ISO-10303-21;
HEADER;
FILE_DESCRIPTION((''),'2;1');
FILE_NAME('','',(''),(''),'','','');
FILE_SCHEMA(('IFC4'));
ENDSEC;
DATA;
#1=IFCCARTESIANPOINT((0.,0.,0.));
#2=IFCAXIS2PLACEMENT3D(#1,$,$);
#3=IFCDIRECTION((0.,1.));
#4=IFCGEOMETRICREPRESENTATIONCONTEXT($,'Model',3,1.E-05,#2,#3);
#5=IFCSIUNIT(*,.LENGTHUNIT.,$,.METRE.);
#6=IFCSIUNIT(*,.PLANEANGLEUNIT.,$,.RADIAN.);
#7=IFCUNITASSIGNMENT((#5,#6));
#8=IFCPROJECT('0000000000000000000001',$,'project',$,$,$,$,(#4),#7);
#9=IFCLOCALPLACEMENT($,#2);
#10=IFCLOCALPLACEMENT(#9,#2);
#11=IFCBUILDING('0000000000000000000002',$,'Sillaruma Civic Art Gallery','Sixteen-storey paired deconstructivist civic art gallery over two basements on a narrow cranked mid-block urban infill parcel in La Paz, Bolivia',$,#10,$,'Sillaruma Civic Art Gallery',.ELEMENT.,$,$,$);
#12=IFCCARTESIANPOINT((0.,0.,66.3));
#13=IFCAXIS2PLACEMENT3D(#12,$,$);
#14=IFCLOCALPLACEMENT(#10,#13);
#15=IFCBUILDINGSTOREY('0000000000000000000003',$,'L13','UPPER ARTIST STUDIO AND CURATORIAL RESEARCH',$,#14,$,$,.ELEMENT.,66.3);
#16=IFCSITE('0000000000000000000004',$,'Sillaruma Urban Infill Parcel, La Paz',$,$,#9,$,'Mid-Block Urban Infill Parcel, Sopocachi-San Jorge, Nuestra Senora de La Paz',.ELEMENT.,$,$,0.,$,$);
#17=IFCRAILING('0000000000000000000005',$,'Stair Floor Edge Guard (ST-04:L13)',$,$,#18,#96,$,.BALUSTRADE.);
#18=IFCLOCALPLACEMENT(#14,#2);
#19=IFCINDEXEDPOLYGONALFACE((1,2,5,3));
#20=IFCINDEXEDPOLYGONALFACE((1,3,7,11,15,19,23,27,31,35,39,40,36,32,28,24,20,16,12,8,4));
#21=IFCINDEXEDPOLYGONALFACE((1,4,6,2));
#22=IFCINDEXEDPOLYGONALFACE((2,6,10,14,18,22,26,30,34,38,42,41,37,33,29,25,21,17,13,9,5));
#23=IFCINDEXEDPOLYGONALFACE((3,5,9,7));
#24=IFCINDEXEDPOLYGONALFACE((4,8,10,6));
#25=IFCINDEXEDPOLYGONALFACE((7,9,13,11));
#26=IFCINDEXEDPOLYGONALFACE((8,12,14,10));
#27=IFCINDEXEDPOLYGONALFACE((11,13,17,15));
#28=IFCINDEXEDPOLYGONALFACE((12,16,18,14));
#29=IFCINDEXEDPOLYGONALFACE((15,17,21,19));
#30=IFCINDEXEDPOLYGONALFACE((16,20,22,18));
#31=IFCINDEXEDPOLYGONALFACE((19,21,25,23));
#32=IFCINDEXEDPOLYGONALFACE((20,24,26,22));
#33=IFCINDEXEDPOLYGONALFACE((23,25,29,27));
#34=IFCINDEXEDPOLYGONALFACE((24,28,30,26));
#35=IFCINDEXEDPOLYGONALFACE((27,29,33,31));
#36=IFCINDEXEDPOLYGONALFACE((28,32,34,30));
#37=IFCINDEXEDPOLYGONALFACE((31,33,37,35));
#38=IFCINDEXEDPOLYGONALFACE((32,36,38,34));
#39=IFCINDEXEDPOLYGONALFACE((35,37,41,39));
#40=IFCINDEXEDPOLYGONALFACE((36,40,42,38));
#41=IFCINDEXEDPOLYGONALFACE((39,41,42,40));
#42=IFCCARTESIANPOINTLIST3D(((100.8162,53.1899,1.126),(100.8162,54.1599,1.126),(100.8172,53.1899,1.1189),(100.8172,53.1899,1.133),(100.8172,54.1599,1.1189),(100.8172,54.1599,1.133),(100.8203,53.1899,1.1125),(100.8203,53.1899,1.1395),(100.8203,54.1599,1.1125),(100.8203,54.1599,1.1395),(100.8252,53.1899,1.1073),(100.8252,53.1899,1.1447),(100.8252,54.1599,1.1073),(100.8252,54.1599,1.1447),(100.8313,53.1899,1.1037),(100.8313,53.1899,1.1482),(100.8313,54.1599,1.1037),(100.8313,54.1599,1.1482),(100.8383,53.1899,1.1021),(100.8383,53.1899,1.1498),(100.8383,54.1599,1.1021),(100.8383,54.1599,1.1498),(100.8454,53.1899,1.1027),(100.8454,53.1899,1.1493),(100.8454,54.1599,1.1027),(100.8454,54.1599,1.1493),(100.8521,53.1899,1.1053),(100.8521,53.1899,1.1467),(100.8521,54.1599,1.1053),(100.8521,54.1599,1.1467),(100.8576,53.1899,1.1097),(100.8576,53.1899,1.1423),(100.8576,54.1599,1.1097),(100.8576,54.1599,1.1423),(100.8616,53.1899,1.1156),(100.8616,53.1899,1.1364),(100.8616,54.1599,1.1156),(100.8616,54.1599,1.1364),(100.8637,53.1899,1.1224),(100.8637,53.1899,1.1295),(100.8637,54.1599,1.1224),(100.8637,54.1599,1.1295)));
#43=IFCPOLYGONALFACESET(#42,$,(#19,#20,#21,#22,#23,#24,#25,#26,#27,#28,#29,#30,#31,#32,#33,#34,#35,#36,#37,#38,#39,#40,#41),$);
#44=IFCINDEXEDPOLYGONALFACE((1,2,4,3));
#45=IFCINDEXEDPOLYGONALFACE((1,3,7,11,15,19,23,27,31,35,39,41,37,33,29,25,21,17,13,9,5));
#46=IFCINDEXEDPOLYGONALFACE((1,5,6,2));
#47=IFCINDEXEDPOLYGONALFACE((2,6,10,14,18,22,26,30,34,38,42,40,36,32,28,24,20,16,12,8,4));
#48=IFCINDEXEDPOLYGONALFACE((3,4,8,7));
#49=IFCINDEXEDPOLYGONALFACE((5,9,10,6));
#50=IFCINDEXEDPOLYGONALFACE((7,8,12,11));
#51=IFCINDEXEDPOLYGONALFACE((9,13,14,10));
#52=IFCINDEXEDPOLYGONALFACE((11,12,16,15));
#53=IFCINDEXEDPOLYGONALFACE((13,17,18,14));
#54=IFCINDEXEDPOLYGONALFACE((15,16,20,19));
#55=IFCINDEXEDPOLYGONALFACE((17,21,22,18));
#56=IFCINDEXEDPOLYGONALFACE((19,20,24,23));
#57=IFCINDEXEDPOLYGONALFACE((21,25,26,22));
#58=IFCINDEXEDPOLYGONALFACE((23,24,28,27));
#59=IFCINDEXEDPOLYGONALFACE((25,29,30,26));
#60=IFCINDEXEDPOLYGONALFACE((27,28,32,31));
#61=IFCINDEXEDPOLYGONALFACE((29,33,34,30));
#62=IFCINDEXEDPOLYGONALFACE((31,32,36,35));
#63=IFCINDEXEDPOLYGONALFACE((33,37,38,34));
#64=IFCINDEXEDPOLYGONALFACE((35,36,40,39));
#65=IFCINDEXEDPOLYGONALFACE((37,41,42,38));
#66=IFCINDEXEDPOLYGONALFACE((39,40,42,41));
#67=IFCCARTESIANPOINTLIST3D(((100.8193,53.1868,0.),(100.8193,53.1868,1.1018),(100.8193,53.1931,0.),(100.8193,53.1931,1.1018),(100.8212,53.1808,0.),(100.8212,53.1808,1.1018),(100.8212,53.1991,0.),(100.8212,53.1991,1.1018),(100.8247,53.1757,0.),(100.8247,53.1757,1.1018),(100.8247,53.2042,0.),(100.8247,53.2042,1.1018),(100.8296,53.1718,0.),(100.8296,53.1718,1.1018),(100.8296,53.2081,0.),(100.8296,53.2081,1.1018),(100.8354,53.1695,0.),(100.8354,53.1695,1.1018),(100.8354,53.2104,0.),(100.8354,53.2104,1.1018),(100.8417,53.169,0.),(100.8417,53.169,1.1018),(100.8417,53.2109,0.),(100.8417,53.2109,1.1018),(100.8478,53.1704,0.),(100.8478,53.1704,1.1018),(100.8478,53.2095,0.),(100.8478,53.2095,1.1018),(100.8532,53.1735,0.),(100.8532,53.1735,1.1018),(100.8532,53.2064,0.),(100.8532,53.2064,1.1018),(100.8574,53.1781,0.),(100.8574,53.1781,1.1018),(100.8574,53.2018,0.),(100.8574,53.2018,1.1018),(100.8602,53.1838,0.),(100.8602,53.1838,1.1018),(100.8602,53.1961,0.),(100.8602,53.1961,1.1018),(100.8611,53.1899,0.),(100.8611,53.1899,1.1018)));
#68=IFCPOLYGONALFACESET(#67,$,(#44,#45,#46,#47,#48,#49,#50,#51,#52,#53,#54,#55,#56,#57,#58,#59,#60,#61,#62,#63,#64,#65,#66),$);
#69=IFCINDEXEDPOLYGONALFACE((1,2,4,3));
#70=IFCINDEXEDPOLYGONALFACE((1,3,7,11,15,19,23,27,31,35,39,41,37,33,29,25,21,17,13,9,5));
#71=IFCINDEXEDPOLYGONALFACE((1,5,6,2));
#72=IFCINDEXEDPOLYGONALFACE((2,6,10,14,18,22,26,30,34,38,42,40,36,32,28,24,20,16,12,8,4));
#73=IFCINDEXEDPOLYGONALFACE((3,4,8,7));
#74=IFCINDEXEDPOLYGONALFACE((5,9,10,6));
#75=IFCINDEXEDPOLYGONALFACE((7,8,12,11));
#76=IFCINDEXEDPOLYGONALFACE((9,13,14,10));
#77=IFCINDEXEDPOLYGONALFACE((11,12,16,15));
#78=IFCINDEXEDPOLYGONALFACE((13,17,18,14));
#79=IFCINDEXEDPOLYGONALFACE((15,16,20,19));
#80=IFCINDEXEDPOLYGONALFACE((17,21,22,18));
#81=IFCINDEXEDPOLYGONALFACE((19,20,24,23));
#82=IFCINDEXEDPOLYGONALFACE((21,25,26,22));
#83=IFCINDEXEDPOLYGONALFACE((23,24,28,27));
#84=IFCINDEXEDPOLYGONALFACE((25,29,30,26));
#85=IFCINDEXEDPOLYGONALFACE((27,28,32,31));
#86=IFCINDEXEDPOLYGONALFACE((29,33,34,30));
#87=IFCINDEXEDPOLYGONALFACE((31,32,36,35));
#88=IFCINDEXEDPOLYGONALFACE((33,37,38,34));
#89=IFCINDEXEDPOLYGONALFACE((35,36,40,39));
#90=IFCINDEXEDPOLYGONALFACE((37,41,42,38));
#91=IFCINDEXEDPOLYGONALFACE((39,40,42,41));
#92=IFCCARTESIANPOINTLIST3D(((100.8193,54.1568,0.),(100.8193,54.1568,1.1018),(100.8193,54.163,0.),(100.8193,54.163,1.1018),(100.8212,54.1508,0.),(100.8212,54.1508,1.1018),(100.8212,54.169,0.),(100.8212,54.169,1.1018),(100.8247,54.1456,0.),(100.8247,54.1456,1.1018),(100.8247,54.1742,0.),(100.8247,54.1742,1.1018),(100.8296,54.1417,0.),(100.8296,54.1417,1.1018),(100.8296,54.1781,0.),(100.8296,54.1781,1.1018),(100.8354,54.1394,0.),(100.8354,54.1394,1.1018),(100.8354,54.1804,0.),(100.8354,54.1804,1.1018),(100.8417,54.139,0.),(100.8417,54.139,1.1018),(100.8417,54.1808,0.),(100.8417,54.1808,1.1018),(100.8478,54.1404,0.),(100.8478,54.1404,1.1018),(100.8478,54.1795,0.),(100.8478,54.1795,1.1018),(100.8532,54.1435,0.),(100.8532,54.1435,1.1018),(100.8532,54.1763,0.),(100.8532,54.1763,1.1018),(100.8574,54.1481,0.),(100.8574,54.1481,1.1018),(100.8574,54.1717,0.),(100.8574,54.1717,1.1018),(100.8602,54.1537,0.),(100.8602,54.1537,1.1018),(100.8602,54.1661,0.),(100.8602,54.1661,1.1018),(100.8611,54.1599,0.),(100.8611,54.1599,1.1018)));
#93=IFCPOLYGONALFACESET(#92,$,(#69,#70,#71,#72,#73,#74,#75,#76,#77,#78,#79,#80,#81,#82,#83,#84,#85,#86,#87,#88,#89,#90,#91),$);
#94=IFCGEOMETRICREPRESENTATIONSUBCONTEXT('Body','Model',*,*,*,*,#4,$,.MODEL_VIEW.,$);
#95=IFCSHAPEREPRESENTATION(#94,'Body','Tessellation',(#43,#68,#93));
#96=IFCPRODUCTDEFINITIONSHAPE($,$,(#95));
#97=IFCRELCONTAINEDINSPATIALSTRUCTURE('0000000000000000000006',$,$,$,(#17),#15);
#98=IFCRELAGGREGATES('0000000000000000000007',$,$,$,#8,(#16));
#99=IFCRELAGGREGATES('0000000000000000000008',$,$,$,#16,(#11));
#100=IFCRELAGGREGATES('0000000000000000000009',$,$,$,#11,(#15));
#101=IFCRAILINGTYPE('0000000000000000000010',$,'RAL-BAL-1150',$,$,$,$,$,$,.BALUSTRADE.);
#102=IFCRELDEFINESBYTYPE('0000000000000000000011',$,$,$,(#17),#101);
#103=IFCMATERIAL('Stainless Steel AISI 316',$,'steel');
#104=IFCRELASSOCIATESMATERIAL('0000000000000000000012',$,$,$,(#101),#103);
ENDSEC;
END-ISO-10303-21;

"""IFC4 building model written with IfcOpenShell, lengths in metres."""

from ifc_helpers import new_model, si_unit, direction, frame, origin, origin_2d, place, context, subcontext, project, spatial, circle, extrude, material, type_object, element, save


model = new_model("IFC4")

# Units and contexts
model_context = context("Model", 3, precision=1e-05, world=origin(), true_north=direction((0.0, 1.0)))
body_context = subcontext(model_context, "Body", "Model", "MODEL_VIEW")
ifc_project = project(units=[si_unit("LENGTHUNIT", "METRE"), si_unit("PLANEANGLEUNIT", "RADIAN")], contexts=[model_context])

# Site, building, storey
site_placement = place(None, origin())
site = spatial("IfcSite", under=ifc_project, at=site_placement, Name="Sillaruma Urban Infill Parcel, La Paz", LongName="Mid-Block Urban Infill Parcel, Sopocachi-San Jorge, Nuestra Senora de La Paz", CompositionType="ELEMENT", RefElevation=0.0)
building_placement = place(site_placement, origin())
building = spatial("IfcBuilding", under=site, at=building_placement, Name="Sillaruma Civic Art Gallery", Description="Sixteen-storey paired deconstructivist civic art gallery over two basements on a narrow cranked mid-block urban infill parcel in La Paz, Bolivia", LongName="Sillaruma Civic Art Gallery", CompositionType="ELEMENT")
storey_placement = place(building_placement, frame((0.0, 0.0, 66.3)))
storey = spatial("IfcBuildingStorey", under=building, at=storey_placement, Name="L13", Description="UPPER ARTIST STUDIO AND CURATORIAL RESEARCH", CompositionType="ELEMENT", Elevation=66.3)

# Railing
ifc_material_1 = material(Name="Stainless Steel AISI 316", Category="steel")
railing_type_1 = type_object("IfcRailingType", Name="RAL-BAL-1150", PredefinedType="BALUSTRADE", material=ifc_material_1)
railing_1_placement = place(storey_placement, frame((100.8401, 53.1899, 0.0)))
element("IfcRailing", 1, at=railing_1_placement, inside=storey, type_object=railing_type_1, Name="Stair Floor Edge Guard (ST-04:L13)", PredefinedType="BALUSTRADE", context=body_context, shape_type="SweptSolid", body=[
    extrude(circle(Radius=0.0239, at=origin_2d()), frame((0.0, 0.0, 1.126), z_axis=(0.0, 1.0, 0.0), x_axis=(-1.0, 0.0, 0.0)), (0.0, 0.0, 1.0), 0.97),
    extrude(circle(Radius=0.021, at=origin_2d()), origin(), (0.0, 0.0, 1.0), 1.1018),
    extrude(circle(Radius=0.021, at=origin_2d()), frame((0.0, 0.97, 0.0)), (0.0, 0.0, 1.0), 1.1018),
])

save(model, "model.ifc")
